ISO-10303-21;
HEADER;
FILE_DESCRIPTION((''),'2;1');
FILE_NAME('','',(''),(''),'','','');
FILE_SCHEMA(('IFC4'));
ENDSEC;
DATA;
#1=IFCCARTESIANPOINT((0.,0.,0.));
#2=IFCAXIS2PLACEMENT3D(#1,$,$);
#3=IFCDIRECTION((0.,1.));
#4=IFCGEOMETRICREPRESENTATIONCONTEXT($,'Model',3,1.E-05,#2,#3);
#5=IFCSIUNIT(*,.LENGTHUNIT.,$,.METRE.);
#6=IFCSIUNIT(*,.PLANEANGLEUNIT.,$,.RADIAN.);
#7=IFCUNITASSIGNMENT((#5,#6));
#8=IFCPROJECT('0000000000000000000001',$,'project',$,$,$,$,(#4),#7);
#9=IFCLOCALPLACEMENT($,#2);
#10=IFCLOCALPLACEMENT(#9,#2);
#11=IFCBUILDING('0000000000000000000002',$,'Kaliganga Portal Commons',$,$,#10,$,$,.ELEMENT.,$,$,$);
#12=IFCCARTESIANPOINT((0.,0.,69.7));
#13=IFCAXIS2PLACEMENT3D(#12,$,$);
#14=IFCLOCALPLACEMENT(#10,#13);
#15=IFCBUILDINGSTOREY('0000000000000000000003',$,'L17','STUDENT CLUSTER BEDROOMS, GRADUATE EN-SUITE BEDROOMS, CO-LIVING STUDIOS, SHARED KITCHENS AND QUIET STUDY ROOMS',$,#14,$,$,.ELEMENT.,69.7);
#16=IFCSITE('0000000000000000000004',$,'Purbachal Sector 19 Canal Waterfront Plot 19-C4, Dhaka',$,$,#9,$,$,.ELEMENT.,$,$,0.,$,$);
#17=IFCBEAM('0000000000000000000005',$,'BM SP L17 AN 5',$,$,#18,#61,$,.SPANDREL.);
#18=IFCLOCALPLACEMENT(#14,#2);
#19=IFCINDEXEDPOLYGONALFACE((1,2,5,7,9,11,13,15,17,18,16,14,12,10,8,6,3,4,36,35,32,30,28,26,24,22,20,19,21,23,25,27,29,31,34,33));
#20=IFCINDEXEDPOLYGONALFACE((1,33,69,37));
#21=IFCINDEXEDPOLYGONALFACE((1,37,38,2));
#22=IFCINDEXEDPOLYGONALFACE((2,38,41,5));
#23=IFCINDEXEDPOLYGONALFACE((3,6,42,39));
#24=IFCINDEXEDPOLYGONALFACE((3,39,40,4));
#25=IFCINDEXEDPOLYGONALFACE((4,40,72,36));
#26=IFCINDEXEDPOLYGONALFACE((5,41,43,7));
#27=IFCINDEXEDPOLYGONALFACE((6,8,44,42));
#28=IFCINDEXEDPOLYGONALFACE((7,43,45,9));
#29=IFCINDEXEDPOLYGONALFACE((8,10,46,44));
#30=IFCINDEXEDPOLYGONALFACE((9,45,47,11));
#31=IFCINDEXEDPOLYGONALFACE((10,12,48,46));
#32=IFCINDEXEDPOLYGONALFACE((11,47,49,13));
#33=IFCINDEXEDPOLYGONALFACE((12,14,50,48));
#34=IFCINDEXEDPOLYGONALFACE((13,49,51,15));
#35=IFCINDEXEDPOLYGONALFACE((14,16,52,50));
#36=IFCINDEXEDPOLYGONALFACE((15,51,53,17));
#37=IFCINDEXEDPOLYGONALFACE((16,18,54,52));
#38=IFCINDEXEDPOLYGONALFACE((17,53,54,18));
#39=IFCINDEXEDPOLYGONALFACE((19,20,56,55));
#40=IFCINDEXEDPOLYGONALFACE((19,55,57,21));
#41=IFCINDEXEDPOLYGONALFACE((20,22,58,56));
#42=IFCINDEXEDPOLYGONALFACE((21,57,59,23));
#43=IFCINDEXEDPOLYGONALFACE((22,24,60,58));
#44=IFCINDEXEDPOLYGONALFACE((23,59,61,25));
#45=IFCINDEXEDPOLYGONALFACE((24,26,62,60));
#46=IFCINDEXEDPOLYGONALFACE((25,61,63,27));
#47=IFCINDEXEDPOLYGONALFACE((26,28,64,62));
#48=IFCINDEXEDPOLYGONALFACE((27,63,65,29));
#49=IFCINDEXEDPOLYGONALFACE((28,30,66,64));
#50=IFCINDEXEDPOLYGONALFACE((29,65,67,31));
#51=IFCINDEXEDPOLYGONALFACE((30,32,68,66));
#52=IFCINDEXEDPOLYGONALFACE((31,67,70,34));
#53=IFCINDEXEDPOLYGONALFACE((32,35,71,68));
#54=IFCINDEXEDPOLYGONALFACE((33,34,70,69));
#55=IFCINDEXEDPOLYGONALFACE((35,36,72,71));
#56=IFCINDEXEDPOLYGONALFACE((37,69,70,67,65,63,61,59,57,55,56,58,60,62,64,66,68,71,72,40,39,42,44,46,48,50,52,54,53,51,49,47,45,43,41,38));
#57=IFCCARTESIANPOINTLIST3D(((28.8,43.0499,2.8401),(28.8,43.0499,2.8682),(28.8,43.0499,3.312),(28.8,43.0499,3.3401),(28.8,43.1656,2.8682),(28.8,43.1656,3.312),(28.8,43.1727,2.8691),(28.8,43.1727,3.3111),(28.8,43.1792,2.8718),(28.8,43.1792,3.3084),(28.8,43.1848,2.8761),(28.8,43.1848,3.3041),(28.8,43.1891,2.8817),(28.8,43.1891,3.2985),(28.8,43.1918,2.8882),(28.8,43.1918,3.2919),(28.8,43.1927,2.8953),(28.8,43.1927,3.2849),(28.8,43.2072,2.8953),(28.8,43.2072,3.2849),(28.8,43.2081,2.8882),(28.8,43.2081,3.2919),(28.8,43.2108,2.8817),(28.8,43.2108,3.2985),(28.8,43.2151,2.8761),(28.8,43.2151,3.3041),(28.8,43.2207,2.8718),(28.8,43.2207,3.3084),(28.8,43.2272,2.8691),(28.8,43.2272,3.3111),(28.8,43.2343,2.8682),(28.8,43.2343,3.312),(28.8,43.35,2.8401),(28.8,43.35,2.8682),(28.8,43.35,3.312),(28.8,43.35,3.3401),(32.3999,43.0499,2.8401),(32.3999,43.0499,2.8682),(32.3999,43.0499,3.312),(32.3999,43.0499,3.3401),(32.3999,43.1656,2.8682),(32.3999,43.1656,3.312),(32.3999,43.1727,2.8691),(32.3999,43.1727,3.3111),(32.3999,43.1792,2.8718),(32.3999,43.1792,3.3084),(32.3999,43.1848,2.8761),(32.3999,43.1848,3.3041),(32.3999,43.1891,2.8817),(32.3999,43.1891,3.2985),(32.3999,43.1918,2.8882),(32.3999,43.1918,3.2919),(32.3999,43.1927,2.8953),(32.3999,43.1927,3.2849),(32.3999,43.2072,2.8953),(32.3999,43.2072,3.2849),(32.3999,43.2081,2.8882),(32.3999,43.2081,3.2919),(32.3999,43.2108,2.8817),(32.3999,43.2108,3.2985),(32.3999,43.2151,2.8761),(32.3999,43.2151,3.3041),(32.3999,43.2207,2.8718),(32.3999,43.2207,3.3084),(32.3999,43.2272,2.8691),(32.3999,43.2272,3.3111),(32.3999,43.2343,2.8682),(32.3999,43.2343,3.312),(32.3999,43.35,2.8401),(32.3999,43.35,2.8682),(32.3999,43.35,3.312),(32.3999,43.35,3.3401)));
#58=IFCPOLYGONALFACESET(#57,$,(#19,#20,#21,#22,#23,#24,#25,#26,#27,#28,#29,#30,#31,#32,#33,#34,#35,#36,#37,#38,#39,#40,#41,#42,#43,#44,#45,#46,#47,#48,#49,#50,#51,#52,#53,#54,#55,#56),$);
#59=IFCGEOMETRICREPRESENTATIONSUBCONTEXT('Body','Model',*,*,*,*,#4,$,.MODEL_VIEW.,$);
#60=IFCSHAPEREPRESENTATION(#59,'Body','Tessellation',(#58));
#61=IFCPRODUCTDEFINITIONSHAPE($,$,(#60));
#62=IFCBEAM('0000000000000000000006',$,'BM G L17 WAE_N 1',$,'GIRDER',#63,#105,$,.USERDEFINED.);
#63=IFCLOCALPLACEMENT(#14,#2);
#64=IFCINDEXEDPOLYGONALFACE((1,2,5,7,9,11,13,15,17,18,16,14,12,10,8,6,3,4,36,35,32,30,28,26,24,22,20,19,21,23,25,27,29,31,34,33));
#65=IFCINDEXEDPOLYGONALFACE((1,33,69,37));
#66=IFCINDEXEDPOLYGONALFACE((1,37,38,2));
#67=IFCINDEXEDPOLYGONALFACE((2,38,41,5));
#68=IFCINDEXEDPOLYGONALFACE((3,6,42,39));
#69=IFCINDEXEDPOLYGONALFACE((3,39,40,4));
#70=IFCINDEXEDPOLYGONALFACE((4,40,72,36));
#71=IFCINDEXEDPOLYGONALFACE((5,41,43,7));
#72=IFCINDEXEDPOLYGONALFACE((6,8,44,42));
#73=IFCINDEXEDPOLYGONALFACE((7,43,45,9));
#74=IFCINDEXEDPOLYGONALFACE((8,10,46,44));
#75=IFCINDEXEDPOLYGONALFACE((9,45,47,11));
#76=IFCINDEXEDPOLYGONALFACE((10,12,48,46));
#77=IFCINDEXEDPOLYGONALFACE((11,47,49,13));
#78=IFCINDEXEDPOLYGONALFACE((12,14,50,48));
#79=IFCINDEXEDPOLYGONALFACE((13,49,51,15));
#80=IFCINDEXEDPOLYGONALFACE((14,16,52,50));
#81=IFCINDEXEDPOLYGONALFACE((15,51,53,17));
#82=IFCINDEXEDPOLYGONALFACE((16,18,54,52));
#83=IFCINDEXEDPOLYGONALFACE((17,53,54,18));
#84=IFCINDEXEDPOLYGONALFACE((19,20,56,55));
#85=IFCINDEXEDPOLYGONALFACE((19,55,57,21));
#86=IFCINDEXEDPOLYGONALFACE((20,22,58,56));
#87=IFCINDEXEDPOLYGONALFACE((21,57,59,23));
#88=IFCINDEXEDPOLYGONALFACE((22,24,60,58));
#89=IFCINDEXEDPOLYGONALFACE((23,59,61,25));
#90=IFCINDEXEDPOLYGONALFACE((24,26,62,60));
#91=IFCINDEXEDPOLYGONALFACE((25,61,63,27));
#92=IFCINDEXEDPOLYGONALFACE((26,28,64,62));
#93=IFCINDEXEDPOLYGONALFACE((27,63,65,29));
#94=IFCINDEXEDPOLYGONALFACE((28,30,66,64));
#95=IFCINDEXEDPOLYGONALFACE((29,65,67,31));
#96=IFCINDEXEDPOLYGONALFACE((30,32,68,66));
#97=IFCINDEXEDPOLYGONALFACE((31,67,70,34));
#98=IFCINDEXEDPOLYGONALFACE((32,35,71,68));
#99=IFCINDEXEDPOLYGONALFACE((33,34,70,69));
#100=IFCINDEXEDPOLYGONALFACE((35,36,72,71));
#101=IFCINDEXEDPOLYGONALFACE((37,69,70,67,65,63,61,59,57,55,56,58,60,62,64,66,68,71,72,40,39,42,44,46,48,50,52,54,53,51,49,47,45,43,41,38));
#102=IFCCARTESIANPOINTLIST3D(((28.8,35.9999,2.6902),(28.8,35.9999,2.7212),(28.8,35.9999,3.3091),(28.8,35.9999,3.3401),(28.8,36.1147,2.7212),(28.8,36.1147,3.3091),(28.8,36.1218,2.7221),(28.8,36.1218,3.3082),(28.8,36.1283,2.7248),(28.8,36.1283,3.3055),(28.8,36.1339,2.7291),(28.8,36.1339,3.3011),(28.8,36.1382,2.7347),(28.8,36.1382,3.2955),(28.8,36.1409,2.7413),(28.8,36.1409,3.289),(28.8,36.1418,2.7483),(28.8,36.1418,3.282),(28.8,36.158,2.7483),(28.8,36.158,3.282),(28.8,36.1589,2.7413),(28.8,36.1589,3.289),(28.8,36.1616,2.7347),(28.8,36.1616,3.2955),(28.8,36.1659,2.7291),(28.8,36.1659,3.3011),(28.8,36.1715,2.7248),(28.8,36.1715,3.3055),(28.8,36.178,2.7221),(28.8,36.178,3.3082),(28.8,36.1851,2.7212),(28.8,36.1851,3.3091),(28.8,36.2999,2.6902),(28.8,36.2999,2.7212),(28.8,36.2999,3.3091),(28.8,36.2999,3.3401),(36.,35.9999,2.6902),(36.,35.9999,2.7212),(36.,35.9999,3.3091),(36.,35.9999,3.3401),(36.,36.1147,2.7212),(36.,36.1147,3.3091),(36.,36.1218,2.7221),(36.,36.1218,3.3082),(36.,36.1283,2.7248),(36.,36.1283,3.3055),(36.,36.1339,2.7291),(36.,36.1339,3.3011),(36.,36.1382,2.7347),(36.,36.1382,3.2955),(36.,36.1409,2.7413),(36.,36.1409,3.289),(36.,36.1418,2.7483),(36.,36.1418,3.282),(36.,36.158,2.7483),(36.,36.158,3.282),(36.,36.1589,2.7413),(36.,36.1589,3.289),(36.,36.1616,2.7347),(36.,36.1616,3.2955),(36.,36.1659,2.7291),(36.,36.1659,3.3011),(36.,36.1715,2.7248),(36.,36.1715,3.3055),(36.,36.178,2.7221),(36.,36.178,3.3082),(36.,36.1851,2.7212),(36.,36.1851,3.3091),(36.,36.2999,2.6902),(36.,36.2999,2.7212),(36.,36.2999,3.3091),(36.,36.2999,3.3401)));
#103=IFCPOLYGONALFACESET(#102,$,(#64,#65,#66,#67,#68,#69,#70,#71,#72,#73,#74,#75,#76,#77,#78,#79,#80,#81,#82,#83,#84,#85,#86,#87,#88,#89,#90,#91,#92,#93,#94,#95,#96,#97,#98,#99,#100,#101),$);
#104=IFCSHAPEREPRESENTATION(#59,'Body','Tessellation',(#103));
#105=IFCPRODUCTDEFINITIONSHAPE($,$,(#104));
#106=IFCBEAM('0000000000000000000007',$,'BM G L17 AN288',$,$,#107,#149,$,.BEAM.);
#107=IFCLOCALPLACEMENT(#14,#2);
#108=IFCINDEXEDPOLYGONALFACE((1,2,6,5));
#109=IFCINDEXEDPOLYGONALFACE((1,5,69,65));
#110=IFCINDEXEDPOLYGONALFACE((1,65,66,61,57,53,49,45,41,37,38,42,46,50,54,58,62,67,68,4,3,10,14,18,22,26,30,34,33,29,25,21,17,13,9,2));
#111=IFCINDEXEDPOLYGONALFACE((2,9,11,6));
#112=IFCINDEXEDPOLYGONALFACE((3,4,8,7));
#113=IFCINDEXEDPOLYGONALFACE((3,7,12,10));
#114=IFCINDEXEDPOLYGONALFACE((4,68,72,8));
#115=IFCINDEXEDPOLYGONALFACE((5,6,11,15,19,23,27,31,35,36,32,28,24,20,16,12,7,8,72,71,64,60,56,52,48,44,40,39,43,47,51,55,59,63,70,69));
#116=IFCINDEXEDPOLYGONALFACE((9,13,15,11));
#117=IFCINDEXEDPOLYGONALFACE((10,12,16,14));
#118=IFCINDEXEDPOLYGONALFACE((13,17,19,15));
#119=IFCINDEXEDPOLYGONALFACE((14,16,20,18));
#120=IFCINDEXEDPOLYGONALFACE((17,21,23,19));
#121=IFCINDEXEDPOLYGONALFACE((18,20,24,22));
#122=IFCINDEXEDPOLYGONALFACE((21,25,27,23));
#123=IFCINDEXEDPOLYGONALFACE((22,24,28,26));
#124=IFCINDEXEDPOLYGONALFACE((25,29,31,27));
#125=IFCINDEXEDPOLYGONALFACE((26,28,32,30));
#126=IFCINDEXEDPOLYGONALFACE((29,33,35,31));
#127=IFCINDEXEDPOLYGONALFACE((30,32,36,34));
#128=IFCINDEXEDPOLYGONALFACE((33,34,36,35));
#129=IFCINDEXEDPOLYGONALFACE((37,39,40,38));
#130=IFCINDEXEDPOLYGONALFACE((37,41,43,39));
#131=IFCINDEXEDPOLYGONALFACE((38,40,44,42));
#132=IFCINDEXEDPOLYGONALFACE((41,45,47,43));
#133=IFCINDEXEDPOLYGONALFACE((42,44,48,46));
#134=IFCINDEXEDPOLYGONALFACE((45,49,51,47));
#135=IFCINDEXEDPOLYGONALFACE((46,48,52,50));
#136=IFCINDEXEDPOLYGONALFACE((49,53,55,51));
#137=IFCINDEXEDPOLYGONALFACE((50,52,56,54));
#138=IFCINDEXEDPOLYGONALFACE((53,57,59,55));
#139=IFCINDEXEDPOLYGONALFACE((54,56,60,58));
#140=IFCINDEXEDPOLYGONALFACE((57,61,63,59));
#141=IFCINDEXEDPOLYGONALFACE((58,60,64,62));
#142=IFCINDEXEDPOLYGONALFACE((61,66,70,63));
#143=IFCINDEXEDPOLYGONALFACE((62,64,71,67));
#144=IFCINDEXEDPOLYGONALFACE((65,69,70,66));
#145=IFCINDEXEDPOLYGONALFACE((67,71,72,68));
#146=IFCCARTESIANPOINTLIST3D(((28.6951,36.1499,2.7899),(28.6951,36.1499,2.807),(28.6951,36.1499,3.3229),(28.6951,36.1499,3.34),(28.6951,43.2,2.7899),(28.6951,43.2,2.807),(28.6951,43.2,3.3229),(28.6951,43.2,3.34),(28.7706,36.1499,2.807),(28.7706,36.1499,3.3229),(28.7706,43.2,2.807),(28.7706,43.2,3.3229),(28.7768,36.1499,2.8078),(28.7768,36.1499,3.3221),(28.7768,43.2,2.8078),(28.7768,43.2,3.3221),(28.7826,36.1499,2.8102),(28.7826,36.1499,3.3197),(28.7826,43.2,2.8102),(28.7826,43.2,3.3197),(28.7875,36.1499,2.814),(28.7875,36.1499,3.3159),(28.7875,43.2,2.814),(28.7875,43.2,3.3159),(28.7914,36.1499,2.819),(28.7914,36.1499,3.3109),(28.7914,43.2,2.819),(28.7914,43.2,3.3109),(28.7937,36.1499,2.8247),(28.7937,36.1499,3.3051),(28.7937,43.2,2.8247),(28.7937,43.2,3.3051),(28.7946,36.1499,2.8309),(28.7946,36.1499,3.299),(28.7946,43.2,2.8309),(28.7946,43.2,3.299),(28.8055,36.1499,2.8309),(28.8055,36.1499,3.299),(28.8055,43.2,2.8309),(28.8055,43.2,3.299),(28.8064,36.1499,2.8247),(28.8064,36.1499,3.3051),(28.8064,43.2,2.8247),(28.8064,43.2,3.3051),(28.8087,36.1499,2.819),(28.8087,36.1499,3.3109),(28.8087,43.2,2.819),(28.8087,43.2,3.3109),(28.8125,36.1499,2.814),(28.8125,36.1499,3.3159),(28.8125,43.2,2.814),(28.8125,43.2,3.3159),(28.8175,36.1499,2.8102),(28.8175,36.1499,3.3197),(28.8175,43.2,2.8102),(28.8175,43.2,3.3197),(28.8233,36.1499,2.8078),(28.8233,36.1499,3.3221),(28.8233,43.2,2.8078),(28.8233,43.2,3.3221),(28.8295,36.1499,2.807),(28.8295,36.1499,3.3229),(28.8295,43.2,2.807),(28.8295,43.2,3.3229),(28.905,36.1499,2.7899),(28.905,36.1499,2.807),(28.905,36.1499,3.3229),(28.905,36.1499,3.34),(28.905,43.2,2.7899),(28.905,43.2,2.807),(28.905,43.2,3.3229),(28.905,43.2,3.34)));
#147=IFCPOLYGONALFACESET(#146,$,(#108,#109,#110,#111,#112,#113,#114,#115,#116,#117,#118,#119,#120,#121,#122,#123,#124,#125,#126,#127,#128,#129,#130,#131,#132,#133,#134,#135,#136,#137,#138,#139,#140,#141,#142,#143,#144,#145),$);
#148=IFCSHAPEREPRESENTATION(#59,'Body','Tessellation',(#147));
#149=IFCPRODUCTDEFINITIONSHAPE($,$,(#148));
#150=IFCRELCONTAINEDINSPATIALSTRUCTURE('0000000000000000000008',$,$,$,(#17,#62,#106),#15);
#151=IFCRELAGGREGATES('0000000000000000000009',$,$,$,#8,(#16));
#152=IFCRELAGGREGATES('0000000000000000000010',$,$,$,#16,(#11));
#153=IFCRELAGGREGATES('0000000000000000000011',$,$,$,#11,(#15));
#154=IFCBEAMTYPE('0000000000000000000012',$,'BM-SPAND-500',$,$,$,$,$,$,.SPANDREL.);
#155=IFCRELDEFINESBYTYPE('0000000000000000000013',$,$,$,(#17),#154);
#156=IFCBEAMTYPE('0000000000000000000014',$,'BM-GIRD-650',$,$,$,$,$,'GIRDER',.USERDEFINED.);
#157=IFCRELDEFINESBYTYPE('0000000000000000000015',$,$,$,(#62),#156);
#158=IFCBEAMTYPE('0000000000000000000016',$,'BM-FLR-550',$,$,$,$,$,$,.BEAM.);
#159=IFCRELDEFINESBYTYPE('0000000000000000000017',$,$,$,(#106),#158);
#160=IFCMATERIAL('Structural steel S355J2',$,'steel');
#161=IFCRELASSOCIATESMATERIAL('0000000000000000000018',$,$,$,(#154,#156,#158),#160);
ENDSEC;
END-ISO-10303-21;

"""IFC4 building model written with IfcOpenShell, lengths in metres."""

from ifc_helpers import new_model, si_unit, direction, frame, origin, origin_2d, place, context, subcontext, project, spatial, i_section, extrude, source, transform, mapped, material, material_profile, profile_set, type_object, element, save


model = new_model("IFC4")

# Units and contexts
model_context = context("Model", 3, precision=1e-05, world=origin(), true_north=direction((0.0, 1.0)))
body_context = subcontext(model_context, "Body", "Model", "MODEL_VIEW")
ifc_project = project(units=[si_unit("LENGTHUNIT", "METRE"), si_unit("PLANEANGLEUNIT", "RADIAN")], contexts=[model_context])

# Site, building, storey
site_placement = place(None, origin())
site = spatial("IfcSite", under=ifc_project, at=site_placement, Name="Purbachal Sector 19 Canal Waterfront Plot 19-C4, Dhaka", CompositionType="ELEMENT", RefElevation=0.0)
building_placement = place(site_placement, origin())
building = spatial("IfcBuilding", under=site, at=building_placement, Name="Kaliganga Portal Commons", CompositionType="ELEMENT")
storey_placement = place(building_placement, frame((0.0, 0.0, 69.7)))
storey = spatial("IfcBuildingStorey", under=building, at=storey_placement, Name="L17", Description="STUDENT CLUSTER BEDROOMS, GRADUATE EN-SUITE BEDROOMS, CO-LIVING STUDIOS, SHARED KITCHENS AND QUIET STUDY ROOMS", CompositionType="ELEMENT", Elevation=69.7)

# Beams
ifc_material_1 = material(Name="Structural steel S355J2", Category="steel")
ifc_material_profile_1 = material_profile(ifc_material_1, i_section(OverallWidth=0.3, OverallDepth=0.5, WebThickness=0.0144, FlangeThickness=0.0281, FilletRadius=0.0271, at=origin_2d()), Name="HE 500 B")
ifc_profile_set_1 = profile_set([ifc_material_profile_1], Name="Structural steel S355J2 wide-flange")
beam_type_1 = type_object("IfcBeamType", Name="BM-SPAND-500", PredefinedType="SPANDREL", material=ifc_profile_set_1)
shared_shape_1 = source(origin(), body_context, "Body", "SweptSolid", [
    extrude(i_section(OverallWidth=0.3, OverallDepth=0.5, WebThickness=0.0144, FlangeThickness=0.0281, FilletRadius=0.0271, at=origin_2d()), origin(), (0.0, 0.0, 1.0), 3.5999),
])
for number, where, z_axis, x_axis, name in (
    (1, (28.8, 43.2, 3.0901), (1.0, 0.0, 0.0), (0.0, 1.0, 0.0), "BM SP L17 AN 5"),
):
    element("IfcBeam", number, at=place(storey_placement, frame(where, z_axis=z_axis, x_axis=x_axis)), inside=storey, type_object=beam_type_1, Name=name, PredefinedType="SPANDREL", context=body_context, shape_type="MappedRepresentation", body=[
        mapped(shared_shape_1, transform((0.0, 0.0, 0.0), x_axis=(1.0, 0.0, 0.0), y_axis=(0.0, 1.0, 0.0), z_axis=(0.0, 0.0, 1.0), scale=1.0)),
    ])
ifc_material_profile_2 = material_profile(ifc_material_1, i_section(OverallWidth=0.3, OverallDepth=0.6499, WebThickness=0.0161, FlangeThickness=0.031, FilletRadius=0.0271, at=origin_2d()), Name="HE 650 B")
ifc_profile_set_2 = profile_set([ifc_material_profile_2], Name="Structural steel S355J2 wide-flange")
beam_type_2 = type_object("IfcBeamType", Name="BM-GIRD-650", ElementType="GIRDER", PredefinedType="USERDEFINED", material=ifc_profile_set_2)
shared_shape_2 = source(origin(), body_context, "Body", "SweptSolid", [
    extrude(i_section(OverallWidth=0.3, OverallDepth=0.6499, WebThickness=0.0161, FlangeThickness=0.031, FilletRadius=0.0271, at=origin_2d()), origin(), (0.0, 0.0, 1.0), 7.2),
])
beam_1_placement = place(storey_placement, frame((28.8, 36.1499, 3.0151), z_axis=(1.0, 0.0, 0.0), x_axis=(0.0, 1.0, 0.0)))
element("IfcBeam", 2, at=beam_1_placement, inside=storey, type_object=beam_type_2, Name="BM G L17 WAE_N 1", ObjectType="GIRDER", PredefinedType="USERDEFINED", context=body_context, shape_type="MappedRepresentation", body=[
    mapped(shared_shape_2, transform((0.0, 0.0, 0.0), x_axis=(1.0, 0.0, 0.0), y_axis=(0.0, 1.0, 0.0), z_axis=(0.0, 0.0, 1.0), scale=1.0)),
])
ifc_material_profile_3 = material_profile(ifc_material_1, i_section(OverallWidth=0.21, OverallDepth=0.55, WebThickness=0.011, FlangeThickness=0.0171, FilletRadius=0.0239, at=origin_2d()), Name="IPE 550")
ifc_profile_set_3 = profile_set([ifc_material_profile_3], Name="Structural steel S355J2 wide-flange")
beam_type_3 = type_object("IfcBeamType", Name="BM-FLR-550", PredefinedType="BEAM", material=ifc_profile_set_3)
shared_shape_3 = source(origin(), body_context, "Body", "SweptSolid", [
    extrude(i_section(OverallWidth=0.21, OverallDepth=0.55, WebThickness=0.011, FlangeThickness=0.0171, FilletRadius=0.0239, at=origin_2d()), origin(), (0.0, 0.0, 1.0), 7.05),
])
beam_2_placement = place(storey_placement, frame((28.8, 36.1499, 3.0649), z_axis=(0.0, 1.0, 0.0), x_axis=(-1.0, 0.0, 0.0)))
element("IfcBeam", 3, at=beam_2_placement, inside=storey, type_object=beam_type_3, Name="BM G L17 AN288", PredefinedType="BEAM", context=body_context, shape_type="MappedRepresentation", body=[
    mapped(shared_shape_3, transform((0.0, 0.0, 0.0), x_axis=(1.0, 0.0, 0.0), y_axis=(0.0, 1.0, 0.0), z_axis=(0.0, 0.0, 1.0), scale=1.0)),
])

save(model, "model.ifc")
